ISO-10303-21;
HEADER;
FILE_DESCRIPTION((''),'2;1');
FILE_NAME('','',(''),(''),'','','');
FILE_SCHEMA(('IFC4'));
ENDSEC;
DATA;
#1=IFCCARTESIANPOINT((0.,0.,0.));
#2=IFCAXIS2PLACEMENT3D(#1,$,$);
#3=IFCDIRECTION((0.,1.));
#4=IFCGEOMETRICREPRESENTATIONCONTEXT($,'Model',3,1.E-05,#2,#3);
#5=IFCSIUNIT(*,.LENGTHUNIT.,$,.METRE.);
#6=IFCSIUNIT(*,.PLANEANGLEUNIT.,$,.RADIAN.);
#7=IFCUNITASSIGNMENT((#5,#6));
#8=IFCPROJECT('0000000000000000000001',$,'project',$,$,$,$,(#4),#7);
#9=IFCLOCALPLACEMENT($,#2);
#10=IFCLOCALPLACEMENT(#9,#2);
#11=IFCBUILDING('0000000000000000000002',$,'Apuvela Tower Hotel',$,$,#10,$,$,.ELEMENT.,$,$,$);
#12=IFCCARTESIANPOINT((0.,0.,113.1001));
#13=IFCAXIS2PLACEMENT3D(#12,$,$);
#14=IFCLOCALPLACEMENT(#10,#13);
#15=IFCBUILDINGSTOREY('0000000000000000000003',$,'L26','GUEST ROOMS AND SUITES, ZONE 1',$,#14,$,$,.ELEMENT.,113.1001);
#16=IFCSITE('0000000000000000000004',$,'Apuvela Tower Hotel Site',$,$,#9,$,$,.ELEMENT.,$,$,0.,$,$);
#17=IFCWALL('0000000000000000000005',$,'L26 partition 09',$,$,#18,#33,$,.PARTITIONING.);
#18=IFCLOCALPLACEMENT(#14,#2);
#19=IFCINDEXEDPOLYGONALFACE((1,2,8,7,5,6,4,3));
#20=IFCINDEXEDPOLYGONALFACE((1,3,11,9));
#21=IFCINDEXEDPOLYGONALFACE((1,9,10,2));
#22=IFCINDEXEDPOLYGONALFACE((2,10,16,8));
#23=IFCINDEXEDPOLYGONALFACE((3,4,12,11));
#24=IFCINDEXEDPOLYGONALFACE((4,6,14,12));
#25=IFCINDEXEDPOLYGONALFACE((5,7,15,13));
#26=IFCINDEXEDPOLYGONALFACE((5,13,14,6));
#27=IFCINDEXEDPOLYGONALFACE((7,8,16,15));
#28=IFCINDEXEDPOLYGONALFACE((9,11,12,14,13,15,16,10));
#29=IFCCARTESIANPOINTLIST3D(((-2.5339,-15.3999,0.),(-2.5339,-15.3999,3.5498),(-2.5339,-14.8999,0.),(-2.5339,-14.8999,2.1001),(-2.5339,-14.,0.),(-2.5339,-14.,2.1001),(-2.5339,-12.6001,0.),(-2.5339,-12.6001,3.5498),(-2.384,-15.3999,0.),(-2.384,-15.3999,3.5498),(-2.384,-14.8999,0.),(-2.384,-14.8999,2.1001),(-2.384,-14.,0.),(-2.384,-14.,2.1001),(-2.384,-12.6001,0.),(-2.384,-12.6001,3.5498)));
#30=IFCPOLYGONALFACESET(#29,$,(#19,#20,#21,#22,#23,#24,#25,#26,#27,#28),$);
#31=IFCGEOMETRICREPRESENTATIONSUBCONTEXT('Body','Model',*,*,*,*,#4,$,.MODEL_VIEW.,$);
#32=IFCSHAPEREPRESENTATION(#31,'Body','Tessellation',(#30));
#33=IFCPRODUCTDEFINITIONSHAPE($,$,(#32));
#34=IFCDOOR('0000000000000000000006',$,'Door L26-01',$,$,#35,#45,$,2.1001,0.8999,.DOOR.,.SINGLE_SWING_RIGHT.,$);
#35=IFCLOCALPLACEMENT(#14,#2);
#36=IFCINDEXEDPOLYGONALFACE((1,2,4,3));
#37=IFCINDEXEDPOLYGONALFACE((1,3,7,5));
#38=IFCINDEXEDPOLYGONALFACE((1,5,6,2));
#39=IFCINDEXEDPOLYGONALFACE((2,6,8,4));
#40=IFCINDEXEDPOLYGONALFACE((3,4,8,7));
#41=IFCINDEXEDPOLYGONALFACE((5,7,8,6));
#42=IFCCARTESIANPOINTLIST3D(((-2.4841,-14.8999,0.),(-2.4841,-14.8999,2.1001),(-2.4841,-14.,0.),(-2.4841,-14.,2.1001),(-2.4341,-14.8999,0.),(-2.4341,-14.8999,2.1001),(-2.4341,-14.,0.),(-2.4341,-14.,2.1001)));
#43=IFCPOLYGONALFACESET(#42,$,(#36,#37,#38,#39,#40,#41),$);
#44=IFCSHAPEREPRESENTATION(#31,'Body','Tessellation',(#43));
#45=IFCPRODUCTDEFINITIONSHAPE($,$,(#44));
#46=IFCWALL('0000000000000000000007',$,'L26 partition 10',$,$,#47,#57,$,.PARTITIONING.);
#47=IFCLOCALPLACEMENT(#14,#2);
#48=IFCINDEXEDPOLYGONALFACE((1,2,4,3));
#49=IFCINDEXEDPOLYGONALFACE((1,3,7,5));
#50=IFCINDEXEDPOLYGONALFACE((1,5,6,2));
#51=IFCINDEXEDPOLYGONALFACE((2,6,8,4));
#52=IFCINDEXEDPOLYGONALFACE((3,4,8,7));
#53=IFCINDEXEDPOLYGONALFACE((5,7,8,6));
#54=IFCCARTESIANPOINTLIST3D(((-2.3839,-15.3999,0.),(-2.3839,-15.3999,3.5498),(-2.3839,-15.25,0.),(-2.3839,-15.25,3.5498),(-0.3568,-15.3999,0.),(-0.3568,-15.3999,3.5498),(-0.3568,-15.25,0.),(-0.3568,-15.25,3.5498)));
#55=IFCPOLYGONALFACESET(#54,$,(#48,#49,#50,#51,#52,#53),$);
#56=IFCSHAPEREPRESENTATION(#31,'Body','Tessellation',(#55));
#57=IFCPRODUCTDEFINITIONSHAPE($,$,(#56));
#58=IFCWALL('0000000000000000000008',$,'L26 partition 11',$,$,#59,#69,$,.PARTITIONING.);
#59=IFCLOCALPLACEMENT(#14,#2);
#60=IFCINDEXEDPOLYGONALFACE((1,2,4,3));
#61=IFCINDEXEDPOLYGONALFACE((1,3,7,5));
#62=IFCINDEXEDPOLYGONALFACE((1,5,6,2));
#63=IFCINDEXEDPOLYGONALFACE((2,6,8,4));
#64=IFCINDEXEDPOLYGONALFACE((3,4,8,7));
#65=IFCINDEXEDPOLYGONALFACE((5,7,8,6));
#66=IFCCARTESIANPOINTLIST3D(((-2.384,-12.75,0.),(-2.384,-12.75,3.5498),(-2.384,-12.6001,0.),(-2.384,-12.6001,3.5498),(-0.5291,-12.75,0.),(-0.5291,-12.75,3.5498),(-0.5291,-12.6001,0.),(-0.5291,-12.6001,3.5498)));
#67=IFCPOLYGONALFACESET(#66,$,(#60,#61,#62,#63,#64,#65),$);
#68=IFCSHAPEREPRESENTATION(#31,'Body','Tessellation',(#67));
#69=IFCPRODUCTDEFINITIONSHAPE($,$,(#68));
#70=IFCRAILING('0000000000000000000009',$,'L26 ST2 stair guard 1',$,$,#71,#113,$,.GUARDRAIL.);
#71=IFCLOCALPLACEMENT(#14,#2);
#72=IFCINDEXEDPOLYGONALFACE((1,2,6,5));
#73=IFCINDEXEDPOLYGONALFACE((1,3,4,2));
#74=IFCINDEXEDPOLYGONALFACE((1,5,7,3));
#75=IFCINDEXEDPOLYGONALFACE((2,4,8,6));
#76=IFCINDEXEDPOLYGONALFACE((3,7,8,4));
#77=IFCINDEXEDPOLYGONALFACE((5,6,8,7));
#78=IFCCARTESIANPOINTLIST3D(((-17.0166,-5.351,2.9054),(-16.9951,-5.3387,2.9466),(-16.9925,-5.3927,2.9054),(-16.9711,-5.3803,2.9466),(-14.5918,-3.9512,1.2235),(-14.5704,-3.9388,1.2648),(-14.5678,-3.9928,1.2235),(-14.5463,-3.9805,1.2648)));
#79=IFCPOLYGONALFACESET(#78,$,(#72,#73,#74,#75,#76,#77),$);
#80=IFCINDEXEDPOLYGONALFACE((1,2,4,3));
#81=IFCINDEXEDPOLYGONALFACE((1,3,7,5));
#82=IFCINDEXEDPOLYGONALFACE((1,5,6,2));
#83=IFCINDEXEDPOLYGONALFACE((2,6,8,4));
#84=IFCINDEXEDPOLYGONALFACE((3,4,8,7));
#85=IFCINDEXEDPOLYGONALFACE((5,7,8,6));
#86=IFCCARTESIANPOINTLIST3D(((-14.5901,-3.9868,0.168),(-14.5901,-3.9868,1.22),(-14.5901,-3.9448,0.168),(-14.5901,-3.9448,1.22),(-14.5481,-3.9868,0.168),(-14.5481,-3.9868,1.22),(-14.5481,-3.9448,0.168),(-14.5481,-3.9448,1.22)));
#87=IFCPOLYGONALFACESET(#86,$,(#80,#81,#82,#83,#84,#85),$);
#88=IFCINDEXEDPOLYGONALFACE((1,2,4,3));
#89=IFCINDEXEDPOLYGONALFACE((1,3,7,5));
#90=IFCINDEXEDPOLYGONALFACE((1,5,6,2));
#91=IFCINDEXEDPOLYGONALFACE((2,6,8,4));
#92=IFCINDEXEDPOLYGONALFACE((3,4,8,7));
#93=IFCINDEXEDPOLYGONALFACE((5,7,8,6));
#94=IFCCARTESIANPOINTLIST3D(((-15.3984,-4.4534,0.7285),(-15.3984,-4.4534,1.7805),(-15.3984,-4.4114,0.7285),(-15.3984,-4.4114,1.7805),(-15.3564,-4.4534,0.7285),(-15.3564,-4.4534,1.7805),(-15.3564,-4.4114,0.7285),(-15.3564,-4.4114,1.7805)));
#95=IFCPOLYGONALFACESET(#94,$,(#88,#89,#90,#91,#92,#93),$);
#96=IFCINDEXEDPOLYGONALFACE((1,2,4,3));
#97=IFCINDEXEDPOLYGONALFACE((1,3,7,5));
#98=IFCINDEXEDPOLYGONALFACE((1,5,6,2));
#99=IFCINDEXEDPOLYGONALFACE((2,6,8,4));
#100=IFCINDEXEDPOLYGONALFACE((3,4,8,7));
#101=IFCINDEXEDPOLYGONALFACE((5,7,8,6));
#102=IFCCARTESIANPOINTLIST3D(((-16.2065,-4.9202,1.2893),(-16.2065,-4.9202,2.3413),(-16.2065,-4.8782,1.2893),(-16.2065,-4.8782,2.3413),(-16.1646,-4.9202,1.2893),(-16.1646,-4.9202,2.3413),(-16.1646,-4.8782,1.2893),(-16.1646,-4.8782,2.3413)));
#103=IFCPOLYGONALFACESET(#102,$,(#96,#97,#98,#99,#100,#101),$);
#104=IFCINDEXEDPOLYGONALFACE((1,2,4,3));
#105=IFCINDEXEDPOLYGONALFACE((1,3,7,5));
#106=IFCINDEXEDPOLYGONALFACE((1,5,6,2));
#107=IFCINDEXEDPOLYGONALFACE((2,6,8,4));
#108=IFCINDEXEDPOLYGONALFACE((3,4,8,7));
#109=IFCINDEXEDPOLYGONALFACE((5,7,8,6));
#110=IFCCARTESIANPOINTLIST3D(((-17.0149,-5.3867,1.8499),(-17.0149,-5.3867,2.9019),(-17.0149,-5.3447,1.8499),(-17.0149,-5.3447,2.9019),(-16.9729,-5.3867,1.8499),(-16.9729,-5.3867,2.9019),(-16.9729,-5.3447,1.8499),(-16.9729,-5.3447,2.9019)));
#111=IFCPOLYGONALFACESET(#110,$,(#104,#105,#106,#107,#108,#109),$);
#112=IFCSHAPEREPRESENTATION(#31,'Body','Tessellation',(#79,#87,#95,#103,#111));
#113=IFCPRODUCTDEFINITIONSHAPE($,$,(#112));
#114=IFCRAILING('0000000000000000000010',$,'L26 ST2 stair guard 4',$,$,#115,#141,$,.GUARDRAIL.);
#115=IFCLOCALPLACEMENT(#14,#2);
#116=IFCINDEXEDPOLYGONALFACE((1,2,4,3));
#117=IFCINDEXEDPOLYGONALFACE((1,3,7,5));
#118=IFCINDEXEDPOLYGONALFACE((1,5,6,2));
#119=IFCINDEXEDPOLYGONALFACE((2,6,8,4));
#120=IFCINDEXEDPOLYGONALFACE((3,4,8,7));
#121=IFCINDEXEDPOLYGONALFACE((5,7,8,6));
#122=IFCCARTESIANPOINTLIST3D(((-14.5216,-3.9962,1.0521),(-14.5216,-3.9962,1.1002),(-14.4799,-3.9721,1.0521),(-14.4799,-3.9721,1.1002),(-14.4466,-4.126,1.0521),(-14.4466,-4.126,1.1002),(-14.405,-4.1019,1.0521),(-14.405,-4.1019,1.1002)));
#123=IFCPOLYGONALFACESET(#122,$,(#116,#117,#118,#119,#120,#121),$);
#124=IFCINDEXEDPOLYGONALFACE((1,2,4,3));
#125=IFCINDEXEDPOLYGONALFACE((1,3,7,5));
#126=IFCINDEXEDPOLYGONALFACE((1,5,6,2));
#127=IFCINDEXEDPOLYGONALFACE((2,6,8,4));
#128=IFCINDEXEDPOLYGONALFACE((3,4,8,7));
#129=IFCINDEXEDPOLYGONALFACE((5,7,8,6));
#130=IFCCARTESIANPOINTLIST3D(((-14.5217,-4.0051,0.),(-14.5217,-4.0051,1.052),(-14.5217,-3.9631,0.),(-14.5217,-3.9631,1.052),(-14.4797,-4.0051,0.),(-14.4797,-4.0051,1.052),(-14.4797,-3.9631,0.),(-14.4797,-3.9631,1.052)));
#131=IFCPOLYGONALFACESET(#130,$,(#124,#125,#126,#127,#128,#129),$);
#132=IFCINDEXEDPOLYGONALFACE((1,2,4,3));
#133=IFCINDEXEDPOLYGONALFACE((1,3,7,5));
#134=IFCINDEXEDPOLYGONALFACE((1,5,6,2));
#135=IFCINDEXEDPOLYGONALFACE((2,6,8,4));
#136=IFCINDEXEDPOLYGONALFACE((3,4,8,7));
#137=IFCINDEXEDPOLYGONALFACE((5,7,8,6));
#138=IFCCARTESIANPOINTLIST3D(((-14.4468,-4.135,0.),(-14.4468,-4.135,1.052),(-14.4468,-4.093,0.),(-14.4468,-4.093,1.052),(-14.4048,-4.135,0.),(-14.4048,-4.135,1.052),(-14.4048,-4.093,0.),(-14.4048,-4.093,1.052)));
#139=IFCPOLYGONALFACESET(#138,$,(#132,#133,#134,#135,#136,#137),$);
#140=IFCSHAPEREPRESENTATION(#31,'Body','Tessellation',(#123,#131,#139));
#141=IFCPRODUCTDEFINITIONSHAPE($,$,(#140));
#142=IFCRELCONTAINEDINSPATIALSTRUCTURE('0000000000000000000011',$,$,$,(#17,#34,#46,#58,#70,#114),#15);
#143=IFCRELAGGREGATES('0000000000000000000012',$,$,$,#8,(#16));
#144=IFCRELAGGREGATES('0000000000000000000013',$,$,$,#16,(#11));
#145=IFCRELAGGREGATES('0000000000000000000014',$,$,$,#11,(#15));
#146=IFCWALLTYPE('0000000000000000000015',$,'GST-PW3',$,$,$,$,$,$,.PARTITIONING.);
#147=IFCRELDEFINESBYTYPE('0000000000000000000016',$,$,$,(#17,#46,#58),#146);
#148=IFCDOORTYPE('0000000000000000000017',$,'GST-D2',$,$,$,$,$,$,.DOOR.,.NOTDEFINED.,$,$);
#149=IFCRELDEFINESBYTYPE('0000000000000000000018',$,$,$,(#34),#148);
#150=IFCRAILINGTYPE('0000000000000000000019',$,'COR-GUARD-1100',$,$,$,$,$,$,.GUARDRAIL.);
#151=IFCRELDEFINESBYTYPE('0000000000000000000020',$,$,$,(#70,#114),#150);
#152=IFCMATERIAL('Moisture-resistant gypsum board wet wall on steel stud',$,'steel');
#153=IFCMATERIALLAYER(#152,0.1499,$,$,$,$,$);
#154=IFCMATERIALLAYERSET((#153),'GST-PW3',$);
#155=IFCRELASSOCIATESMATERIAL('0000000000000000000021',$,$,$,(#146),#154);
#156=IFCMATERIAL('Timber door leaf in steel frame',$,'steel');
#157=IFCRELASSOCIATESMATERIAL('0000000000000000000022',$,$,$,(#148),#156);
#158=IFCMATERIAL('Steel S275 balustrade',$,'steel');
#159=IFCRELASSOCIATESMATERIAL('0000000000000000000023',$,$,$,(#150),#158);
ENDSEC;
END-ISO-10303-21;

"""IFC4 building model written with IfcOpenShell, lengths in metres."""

from ifc_helpers import new_model, si_unit, direction, frame, frame_2d, origin, origin_2d, place, context, subcontext, project, spatial, rectangle, extrude, material, layer, layer_set, type_object, element, fill, save


model = new_model("IFC4")

# Units and contexts
model_context = context("Model", 3, precision=1e-05, world=origin(), true_north=direction((0.0, 1.0)))
body_context = subcontext(model_context, "Body", "Model", "MODEL_VIEW")
ifc_project = project(units=[si_unit("LENGTHUNIT", "METRE"), si_unit("PLANEANGLEUNIT", "RADIAN")], contexts=[model_context])

# Site, building, storey
site_placement = place(None, origin())
site = spatial("IfcSite", under=ifc_project, at=site_placement, Name="Apuvela Tower Hotel Site", CompositionType="ELEMENT", RefElevation=0.0)
building_placement = place(site_placement, origin())
building = spatial("IfcBuilding", under=site, at=building_placement, Name="Apuvela Tower Hotel", CompositionType="ELEMENT")
storey_placement = place(building_placement, frame((0.0, 0.0, 113.1001)))
storey = spatial("IfcBuildingStorey", under=building, at=storey_placement, Name="L26", Description="GUEST ROOMS AND SUITES, ZONE 1", CompositionType="ELEMENT", Elevation=113.1001)

# Wall, opening, door
ifc_material_1 = material(Name="Timber door leaf in steel frame", Category="steel")
ifc_material_2 = material(Name="Moisture-resistant gypsum board wet wall on steel stud", Category="steel")
ifc_layer_1 = layer(ifc_material_2, 0.1499)
ifc_layer_set_1 = layer_set([ifc_layer_1], Name="GST-PW3")
wall_type_1 = type_object("IfcWallType", Name="GST-PW3", PredefinedType="PARTITIONING", material=ifc_layer_set_1)
wall_1_placement = place(storey_placement, frame((-2.459, -12.6001, 0.0), z_axis=(0.0, 0.0, 1.0), x_axis=(0.0, -1.0, 0.0)))
wall_1 = element("IfcWall", 1, at=wall_1_placement, inside=storey, type_object=wall_type_1, Name="L26 partition 09", PredefinedType="PARTITIONING", context=body_context, shape_type="SweptSolid", body=[
    extrude(rectangle(XDim=2.7998, YDim=0.1499, at=frame_2d((1.3999, 0.0))), origin(), (0.0, 0.0, 1.0), 3.5498),
])
opening_1_placement = place(wall_1_placement, frame((1.3999, 0.0, 0.0)))
opening_1 = element("IfcOpeningElement", 2, at=opening_1_placement, cuts=wall_1, PredefinedType="OPENING", context=body_context, shape_type="SweptSolid", body=[
    extrude(rectangle(XDim=0.8999, YDim=2.1001, at=frame_2d((0.45, 1.05))), frame((0.0, 0.085, 0.0), z_axis=(0.0, -1.0, 0.0), x_axis=(1.0, 0.0, 0.0)), (0.0, 0.0, 1.0), 0.1699),
])
door_type_1 = type_object("IfcDoorType", Name="GST-D2", OperationType="NOTDEFINED", PredefinedType="DOOR", material=ifc_material_1)
door_1_placement = place(opening_1_placement, origin())
door_1 = element("IfcDoor", 3, at=door_1_placement, inside=storey, type_object=door_type_1, Name="Door L26-01", OperationType="SINGLE_SWING_RIGHT", OverallHeight=2.1001, OverallWidth=0.8999, PredefinedType="DOOR", context=body_context, shape_type="SweptSolid", body=[
    extrude(rectangle(XDim=0.8999, YDim=2.1001, at=frame_2d((0.45, 1.05))), frame((0.0, 0.0249, 0.0), z_axis=(0.0, -1.0, 0.0), x_axis=(1.0, 0.0, 0.0)), (0.0, 0.0, 1.0), 0.05),
])
fill(opening_1, door_1)

# Walls
wall_2_placement = place(storey_placement, frame((-2.384, -15.325, 0.0), z_axis=(0.0, 0.0, 1.0), x_axis=(1.0, 0.0, 0.0)))
element("IfcWall", 4, at=wall_2_placement, inside=storey, type_object=wall_type_1, Name="L26 partition 10", PredefinedType="PARTITIONING", context=body_context, shape_type="SweptSolid", body=[
    extrude(rectangle(XDim=2.0271, YDim=0.1499, at=frame_2d((1.0137, 0.0))), origin(), (0.0, 0.0, 1.0), 3.5498),
])
wall_3_placement = place(storey_placement, frame((-2.384, -12.675, 0.0), z_axis=(0.0, 0.0, 1.0), x_axis=(1.0, 0.0, 0.0)))
element("IfcWall", 5, at=wall_3_placement, inside=storey, type_object=wall_type_1, Name="L26 partition 11", PredefinedType="PARTITIONING", context=body_context, shape_type="SweptSolid", body=[
    extrude(rectangle(XDim=1.855, YDim=0.1499, at=frame_2d((0.9275, 0.0))), origin(), (0.0, 0.0, 1.0), 3.5498),
])

# Railings
ifc_material_3 = material(Name="Steel S275 balustrade", Category="steel")
railing_type = type_object("IfcRailingType", Name="COR-GUARD-1100", PredefinedType="GUARDRAIL", material=ifc_material_3)
railing_1_placement = place(storey_placement, frame((-14.5691, -3.9658, 0.168)))
element("IfcRailing", 6, at=railing_1_placement, inside=storey, type_object=railing_type, Name="L26 ST2 stair guard 1", PredefinedType="GUARDRAIL", context=body_context, shape_type="SweptSolid", body=[
    extrude(rectangle(XDim=0.0481, YDim=0.0481, at=origin_2d()), frame((0.0, 0.0, 1.0762), z_axis=(-0.74239, -0.428601, 0.514934), x_axis=(0.499984, -0.866035, 0.0)), (0.0, 0.0, 1.0), 3.2661),
    extrude(rectangle(XDim=0.042, YDim=0.042, at=origin_2d()), origin(), (0.0, 0.0, 1.0), 1.052),
    extrude(rectangle(XDim=0.042, YDim=0.042, at=origin_2d()), frame((-0.8083, -0.4666, 0.5605)), (0.0, 0.0, 1.0), 1.052),
    extrude(rectangle(XDim=0.042, YDim=0.042, at=origin_2d()), frame((-1.6165, -0.9333, 1.1213)), (0.0, 0.0, 1.0), 1.052),
    extrude(rectangle(XDim=0.042, YDim=0.042, at=origin_2d()), frame((-2.4248, -1.3999, 1.6819)), (0.0, 0.0, 1.0), 1.052),
])
railing_2_placement = place(storey_placement, frame((-14.5007, -3.9841, 0.0)))
element("IfcRailing", 7, at=railing_2_placement, inside=storey, type_object=railing_type, Name="L26 ST2 stair guard 4", PredefinedType="GUARDRAIL", context=body_context, shape_type="SweptSolid", body=[
    extrude(rectangle(XDim=0.0481, YDim=0.0481, at=origin_2d()), frame((0.0, 0.0, 1.0762), z_axis=(0.499816, -0.866131, 0.0), x_axis=(0.866131, 0.499816, 0.0)), (0.0, 0.0, 1.0), 0.1499),
    extrude(rectangle(XDim=0.042, YDim=0.042, at=origin_2d()), origin(), (0.0, 0.0, 1.0), 1.052),
    extrude(rectangle(XDim=0.042, YDim=0.042, at=origin_2d()), frame((0.075, -0.1299, 0.0)), (0.0, 0.0, 1.0), 1.052),
])

save(model, "model.ifc")
